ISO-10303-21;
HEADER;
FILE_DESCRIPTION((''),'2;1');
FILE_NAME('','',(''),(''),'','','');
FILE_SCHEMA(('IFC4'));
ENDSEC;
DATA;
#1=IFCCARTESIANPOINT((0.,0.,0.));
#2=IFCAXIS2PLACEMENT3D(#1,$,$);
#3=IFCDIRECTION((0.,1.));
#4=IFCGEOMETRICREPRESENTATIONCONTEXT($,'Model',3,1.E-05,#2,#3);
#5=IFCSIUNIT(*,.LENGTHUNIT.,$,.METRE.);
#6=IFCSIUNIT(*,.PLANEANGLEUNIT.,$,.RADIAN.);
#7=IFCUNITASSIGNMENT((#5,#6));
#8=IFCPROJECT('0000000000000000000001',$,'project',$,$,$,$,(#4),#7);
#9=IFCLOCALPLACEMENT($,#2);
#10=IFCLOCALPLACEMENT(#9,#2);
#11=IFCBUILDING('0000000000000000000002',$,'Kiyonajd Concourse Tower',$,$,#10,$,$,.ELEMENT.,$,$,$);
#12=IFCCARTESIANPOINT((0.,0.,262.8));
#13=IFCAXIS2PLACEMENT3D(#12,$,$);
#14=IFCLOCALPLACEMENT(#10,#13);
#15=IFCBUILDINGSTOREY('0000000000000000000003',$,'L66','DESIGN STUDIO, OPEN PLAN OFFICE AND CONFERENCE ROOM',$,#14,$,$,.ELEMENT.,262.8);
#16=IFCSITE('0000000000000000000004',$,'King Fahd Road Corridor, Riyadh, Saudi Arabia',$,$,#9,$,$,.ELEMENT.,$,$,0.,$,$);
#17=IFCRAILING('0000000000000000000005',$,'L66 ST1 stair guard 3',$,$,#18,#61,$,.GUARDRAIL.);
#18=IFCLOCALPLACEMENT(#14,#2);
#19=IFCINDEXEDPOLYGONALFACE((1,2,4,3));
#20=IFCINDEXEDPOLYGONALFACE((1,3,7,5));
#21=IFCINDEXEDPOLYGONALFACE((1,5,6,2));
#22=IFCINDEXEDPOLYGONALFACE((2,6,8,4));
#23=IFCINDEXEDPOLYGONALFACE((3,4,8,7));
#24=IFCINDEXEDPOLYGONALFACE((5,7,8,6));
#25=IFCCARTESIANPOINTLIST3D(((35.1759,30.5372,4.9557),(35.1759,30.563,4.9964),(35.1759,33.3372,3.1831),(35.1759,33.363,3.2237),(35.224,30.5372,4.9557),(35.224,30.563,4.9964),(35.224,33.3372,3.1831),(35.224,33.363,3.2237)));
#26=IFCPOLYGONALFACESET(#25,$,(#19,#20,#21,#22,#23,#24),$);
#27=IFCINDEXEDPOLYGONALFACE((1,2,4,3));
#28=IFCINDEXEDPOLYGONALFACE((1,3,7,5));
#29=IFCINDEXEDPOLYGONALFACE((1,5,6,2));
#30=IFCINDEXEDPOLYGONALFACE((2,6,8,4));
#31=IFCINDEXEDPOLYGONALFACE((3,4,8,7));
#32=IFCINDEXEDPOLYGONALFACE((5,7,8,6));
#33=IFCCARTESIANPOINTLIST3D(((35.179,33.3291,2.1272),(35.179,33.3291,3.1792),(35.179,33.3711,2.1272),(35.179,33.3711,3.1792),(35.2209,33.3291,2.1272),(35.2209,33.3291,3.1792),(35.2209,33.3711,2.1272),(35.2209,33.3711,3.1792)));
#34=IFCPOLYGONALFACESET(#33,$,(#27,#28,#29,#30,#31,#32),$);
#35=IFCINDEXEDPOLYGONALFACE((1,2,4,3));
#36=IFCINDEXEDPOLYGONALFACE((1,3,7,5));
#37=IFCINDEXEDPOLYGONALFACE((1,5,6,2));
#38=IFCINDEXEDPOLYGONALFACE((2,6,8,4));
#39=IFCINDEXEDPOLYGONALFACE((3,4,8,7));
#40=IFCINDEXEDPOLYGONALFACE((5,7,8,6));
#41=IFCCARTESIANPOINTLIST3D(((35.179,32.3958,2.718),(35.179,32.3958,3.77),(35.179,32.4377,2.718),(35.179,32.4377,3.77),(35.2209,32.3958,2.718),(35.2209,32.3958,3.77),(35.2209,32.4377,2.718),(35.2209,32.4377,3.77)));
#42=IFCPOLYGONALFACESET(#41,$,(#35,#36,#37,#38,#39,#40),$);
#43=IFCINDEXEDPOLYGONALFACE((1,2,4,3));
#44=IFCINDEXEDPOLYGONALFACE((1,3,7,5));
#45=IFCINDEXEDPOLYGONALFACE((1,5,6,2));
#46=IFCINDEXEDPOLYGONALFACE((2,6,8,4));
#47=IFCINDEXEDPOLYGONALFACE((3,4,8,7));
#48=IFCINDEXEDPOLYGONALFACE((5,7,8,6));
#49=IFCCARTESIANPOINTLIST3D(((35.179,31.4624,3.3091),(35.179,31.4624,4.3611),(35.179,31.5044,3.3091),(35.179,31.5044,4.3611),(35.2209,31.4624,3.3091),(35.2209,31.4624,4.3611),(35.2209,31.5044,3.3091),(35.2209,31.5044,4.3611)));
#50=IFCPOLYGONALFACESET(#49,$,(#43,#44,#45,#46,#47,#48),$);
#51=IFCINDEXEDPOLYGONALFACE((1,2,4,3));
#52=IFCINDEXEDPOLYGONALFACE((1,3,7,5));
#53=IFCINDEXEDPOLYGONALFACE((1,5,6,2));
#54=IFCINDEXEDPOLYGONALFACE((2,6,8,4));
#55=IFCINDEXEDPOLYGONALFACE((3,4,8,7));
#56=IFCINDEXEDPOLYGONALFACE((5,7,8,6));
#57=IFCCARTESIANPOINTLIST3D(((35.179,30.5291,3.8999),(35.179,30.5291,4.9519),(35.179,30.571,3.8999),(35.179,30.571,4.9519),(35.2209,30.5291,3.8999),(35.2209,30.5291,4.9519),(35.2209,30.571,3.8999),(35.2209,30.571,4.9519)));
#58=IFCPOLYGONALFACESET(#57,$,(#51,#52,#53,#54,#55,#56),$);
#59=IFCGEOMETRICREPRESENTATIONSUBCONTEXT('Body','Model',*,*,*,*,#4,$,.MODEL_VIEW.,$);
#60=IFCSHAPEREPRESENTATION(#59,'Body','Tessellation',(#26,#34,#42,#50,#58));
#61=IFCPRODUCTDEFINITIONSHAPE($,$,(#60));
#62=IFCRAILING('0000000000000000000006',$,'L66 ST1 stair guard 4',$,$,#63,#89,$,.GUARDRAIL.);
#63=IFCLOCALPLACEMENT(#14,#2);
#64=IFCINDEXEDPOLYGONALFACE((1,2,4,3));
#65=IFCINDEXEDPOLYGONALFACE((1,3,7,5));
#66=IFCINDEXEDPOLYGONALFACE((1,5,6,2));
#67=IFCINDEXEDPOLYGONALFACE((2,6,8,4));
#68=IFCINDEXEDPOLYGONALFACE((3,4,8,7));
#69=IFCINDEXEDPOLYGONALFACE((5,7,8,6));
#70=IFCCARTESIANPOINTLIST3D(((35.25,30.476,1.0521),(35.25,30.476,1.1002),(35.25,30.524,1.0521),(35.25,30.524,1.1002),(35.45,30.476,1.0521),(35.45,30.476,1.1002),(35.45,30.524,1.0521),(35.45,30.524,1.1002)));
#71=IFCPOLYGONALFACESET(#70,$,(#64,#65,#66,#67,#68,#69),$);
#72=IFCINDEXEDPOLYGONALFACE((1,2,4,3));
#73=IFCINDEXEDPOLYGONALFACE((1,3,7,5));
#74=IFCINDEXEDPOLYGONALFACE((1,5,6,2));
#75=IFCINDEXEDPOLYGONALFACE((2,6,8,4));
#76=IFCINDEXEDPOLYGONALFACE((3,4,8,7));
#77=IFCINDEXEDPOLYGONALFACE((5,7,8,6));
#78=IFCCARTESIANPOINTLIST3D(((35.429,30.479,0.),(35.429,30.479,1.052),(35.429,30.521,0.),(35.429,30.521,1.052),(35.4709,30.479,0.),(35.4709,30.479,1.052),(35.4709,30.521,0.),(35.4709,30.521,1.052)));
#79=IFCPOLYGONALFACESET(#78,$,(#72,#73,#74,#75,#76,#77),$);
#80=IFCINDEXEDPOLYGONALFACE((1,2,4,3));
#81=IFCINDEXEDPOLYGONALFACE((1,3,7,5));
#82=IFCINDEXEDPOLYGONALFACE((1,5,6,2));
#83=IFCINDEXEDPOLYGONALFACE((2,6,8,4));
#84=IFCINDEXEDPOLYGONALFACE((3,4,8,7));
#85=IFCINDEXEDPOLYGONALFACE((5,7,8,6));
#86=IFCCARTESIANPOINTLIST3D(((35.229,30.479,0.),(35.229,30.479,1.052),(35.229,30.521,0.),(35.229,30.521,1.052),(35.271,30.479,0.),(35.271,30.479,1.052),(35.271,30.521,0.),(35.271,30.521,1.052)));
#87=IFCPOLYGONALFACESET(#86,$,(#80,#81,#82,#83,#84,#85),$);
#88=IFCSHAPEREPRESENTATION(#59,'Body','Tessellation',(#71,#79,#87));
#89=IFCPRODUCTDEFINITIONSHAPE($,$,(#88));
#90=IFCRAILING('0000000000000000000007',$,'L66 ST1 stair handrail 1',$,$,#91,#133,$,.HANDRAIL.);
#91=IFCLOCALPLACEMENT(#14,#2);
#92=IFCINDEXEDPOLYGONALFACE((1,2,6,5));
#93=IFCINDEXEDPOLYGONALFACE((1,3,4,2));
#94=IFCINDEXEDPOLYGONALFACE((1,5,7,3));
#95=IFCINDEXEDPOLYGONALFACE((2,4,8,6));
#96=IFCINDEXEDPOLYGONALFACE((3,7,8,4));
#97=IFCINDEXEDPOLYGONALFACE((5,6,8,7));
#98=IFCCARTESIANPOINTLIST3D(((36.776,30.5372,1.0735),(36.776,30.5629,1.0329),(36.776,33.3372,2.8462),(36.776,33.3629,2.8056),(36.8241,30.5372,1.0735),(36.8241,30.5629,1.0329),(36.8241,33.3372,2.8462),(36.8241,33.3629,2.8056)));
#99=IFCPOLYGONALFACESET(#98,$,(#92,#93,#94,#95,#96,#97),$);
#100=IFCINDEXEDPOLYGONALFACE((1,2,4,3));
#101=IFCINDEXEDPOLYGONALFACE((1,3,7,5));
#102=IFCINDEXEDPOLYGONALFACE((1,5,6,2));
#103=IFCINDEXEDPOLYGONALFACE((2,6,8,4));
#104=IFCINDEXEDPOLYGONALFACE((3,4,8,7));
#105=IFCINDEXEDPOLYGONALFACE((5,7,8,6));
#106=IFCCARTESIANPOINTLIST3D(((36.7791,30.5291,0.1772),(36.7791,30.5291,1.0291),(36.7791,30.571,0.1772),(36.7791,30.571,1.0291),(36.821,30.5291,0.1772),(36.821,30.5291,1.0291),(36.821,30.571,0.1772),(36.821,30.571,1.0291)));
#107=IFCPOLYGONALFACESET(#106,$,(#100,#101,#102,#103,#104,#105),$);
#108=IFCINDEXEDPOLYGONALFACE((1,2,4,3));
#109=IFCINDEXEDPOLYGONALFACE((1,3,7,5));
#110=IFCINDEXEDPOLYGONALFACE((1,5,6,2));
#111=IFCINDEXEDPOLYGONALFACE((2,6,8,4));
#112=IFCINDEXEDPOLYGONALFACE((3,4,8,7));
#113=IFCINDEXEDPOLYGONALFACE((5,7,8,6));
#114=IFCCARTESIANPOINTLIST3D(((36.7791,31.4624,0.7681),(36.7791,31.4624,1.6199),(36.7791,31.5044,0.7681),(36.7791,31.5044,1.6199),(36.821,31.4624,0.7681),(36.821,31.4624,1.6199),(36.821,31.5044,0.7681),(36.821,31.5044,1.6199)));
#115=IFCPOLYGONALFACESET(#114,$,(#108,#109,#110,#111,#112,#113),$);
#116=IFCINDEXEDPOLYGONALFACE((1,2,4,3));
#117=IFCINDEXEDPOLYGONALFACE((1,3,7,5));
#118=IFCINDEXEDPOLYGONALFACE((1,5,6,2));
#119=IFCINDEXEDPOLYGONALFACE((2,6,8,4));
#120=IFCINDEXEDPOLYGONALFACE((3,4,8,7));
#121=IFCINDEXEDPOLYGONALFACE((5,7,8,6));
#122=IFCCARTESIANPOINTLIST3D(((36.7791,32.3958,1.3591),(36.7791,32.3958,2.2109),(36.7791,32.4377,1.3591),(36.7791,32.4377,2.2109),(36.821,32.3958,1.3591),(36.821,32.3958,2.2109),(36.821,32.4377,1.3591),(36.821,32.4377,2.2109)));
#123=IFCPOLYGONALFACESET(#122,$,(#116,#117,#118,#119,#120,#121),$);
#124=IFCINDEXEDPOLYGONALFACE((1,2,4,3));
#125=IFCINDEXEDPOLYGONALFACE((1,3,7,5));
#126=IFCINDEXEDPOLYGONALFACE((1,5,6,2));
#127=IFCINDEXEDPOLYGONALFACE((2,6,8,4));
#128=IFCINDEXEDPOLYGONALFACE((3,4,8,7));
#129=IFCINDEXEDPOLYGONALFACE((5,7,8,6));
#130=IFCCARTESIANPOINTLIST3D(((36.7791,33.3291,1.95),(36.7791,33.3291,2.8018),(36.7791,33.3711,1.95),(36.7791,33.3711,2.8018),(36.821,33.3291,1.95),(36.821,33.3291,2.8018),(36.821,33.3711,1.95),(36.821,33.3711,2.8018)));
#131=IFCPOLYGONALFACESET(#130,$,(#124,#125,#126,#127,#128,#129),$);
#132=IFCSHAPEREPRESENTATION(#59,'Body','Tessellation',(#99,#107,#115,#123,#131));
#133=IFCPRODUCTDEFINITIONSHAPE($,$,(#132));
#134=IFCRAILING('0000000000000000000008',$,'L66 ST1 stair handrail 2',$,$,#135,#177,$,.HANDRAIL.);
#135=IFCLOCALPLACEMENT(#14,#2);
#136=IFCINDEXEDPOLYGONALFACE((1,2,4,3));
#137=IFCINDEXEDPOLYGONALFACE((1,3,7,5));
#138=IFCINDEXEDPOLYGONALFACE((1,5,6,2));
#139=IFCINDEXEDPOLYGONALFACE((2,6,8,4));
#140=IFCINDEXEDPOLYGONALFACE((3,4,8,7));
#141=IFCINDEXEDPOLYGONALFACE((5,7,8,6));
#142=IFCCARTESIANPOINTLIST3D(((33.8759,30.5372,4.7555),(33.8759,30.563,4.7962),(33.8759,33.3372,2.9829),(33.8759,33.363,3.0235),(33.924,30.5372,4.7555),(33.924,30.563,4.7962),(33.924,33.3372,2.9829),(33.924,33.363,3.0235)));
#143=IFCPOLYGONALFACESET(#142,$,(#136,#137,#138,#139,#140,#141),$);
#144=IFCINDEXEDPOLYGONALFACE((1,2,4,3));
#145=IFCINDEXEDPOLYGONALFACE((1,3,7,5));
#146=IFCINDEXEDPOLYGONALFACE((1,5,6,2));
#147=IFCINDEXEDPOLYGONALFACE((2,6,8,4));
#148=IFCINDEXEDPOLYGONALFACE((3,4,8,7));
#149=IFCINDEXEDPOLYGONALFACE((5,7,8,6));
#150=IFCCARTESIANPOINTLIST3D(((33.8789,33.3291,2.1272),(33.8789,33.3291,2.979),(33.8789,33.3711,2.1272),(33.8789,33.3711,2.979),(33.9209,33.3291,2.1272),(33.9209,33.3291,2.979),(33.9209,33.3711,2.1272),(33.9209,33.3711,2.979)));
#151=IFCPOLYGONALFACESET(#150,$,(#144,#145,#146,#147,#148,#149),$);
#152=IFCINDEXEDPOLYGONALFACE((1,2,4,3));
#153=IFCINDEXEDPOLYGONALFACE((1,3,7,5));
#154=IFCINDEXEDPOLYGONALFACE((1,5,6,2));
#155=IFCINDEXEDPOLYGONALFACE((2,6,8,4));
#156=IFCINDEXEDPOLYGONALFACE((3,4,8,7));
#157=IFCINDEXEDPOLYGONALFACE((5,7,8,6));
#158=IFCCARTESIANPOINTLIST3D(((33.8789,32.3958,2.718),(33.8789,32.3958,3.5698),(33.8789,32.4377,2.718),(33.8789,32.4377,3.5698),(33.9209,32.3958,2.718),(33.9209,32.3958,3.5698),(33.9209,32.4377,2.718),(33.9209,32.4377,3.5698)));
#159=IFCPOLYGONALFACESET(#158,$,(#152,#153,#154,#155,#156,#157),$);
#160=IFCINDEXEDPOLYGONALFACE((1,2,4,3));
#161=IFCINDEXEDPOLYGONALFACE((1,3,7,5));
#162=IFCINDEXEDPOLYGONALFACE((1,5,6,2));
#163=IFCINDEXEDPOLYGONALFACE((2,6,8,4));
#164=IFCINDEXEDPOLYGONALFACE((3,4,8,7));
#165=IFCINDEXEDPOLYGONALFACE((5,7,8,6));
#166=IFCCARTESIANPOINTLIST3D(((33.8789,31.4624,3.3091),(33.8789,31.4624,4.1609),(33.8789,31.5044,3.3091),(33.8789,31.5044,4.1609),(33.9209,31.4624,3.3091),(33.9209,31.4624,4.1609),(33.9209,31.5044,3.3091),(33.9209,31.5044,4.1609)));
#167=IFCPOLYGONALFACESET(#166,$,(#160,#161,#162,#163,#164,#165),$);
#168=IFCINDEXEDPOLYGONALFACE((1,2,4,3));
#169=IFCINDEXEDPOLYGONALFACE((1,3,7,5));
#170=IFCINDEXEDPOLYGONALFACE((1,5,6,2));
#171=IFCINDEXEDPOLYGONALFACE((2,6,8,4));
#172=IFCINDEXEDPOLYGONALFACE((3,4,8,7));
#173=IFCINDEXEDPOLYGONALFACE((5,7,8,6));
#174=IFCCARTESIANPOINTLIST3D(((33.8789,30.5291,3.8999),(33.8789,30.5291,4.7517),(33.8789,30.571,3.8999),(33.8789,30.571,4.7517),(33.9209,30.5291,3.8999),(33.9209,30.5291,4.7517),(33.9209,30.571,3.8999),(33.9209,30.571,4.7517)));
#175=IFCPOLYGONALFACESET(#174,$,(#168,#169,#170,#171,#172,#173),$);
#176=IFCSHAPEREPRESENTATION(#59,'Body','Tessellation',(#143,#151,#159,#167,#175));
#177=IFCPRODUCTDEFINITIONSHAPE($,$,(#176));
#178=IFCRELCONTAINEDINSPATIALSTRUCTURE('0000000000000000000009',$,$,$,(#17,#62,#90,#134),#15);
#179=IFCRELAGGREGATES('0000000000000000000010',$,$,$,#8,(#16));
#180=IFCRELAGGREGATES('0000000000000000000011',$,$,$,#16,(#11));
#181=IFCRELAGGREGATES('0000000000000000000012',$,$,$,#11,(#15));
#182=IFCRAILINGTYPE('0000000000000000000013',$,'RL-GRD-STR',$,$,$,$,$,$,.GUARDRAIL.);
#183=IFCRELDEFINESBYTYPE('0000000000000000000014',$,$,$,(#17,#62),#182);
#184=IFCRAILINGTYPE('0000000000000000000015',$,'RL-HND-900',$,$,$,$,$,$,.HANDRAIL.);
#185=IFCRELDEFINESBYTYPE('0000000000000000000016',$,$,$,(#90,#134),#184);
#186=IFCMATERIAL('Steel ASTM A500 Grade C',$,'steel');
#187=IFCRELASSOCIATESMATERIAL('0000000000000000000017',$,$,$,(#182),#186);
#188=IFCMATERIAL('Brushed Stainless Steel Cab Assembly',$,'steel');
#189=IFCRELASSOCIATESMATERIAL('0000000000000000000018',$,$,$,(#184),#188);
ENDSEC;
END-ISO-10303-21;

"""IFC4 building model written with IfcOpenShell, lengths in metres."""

from ifc_helpers import new_model, si_unit, direction, frame, origin, origin_2d, place, context, subcontext, project, spatial, rectangle, extrude, material, type_object, element, save


model = new_model("IFC4")

# Units and contexts
model_context = context("Model", 3, precision=1e-05, world=origin(), true_north=direction((0.0, 1.0)))
body_context = subcontext(model_context, "Body", "Model", "MODEL_VIEW")
ifc_project = project(units=[si_unit("LENGTHUNIT", "METRE"), si_unit("PLANEANGLEUNIT", "RADIAN")], contexts=[model_context])

# Site, building, storey
site_placement = place(None, origin())
site = spatial("IfcSite", under=ifc_project, at=site_placement, Name="King Fahd Road Corridor, Riyadh, Saudi Arabia", CompositionType="ELEMENT", RefElevation=0.0)
building_placement = place(site_placement, origin())
building = spatial("IfcBuilding", under=site, at=building_placement, Name="Kiyonajd Concourse Tower", CompositionType="ELEMENT")
storey_placement = place(building_placement, frame((0.0, 0.0, 262.8)))
storey = spatial("IfcBuildingStorey", under=building, at=storey_placement, Name="L66", Description="DESIGN STUDIO, OPEN PLAN OFFICE AND CONFERENCE ROOM", CompositionType="ELEMENT", Elevation=262.8)

# Shared definitions
ifc_material_1 = material(Name="Brushed Stainless Steel Cab Assembly", Category="steel")

# Railings
ifc_material_2 = material(Name="Steel ASTM A500 Grade C", Category="steel")
railing_type_1 = type_object("IfcRailingType", Name="RL-GRD-STR", PredefinedType="GUARDRAIL", material=ifc_material_2)
railing_1_placement = place(storey_placement, frame((35.2, 33.3501, 2.1272)))
element("IfcRailing", 1, at=railing_1_placement, inside=storey, type_object=railing_type_1, Name="L66 ST1 stair guard 3", PredefinedType="GUARDRAIL", context=body_context, shape_type="SweptSolid", body=[
    extrude(rectangle(XDim=0.0481, YDim=0.0481, at=origin_2d()), frame((0.0, 0.0, 1.0762), z_axis=(0.0, -0.844909, 0.53491), x_axis=(1.0, 0.0, 0.0)), (0.0, 0.0, 1.0), 3.314),
    extrude(rectangle(XDim=0.042, YDim=0.042, at=origin_2d()), origin(), (0.0, 0.0, 1.0), 1.052),
    extrude(rectangle(XDim=0.042, YDim=0.042, at=origin_2d()), frame((0.0, -0.9333, 0.5908)), (0.0, 0.0, 1.0), 1.052),
    extrude(rectangle(XDim=0.042, YDim=0.042, at=origin_2d()), frame((0.0, -1.8667, 1.1819)), (0.0, 0.0, 1.0), 1.052),
    extrude(rectangle(XDim=0.042, YDim=0.042, at=origin_2d()), frame((0.0, -2.8, 1.7727)), (0.0, 0.0, 1.0), 1.052),
])
railing_2_placement = place(storey_placement, frame((35.45, 30.5, 0.0)))
element("IfcRailing", 2, at=railing_2_placement, inside=storey, type_object=railing_type_1, Name="L66 ST1 stair guard 4", PredefinedType="GUARDRAIL", context=body_context, shape_type="SweptSolid", body=[
    extrude(rectangle(XDim=0.0481, YDim=0.0481, at=origin_2d()), frame((0.0, 0.0, 1.0762), z_axis=(-1.0, 0.0, 0.0), x_axis=(0.0, -1.0, 0.0)), (0.0, 0.0, 1.0), 0.2),
    extrude(rectangle(XDim=0.042, YDim=0.042, at=origin_2d()), origin(), (0.0, 0.0, 1.0), 1.052),
    extrude(rectangle(XDim=0.042, YDim=0.042, at=origin_2d()), frame((-0.2, 0.0, 0.0)), (0.0, 0.0, 1.0), 1.052),
])
railing_type_2 = type_object("IfcRailingType", Name="RL-HND-900", PredefinedType="HANDRAIL", material=ifc_material_1)
railing_3_placement = place(storey_placement, frame((36.8, 30.55, 0.1772)))
element("IfcRailing", 3, at=railing_3_placement, inside=storey, type_object=railing_type_2, Name="L66 ST1 stair handrail 1", PredefinedType="HANDRAIL", context=body_context, shape_type="SweptSolid", body=[
    extrude(rectangle(XDim=0.0481, YDim=0.0481, at=origin_2d()), frame((0.0, 0.0, 0.876), z_axis=(0.0, 0.844909, 0.53491), x_axis=(-1.0, 0.0, 0.0)), (0.0, 0.0, 1.0), 3.314),
    extrude(rectangle(XDim=0.042, YDim=0.042, at=origin_2d()), origin(), (0.0, 0.0, 1.0), 0.8518),
    extrude(rectangle(XDim=0.042, YDim=0.042, at=origin_2d()), frame((0.0, 0.9333, 0.5908)), (0.0, 0.0, 1.0), 0.8518),
    extrude(rectangle(XDim=0.042, YDim=0.042, at=origin_2d()), frame((0.0, 1.8667, 1.1819)), (0.0, 0.0, 1.0), 0.8518),
    extrude(rectangle(XDim=0.042, YDim=0.042, at=origin_2d()), frame((0.0, 2.8, 1.7727)), (0.0, 0.0, 1.0), 0.8518),
])
railing_4_placement = place(storey_placement, frame((33.8999, 33.3501, 2.1272)))
element("IfcRailing", 4, at=railing_4_placement, inside=storey, type_object=railing_type_2, Name="L66 ST1 stair handrail 2", PredefinedType="HANDRAIL", context=body_context, shape_type="SweptSolid", body=[
    extrude(rectangle(XDim=0.0481, YDim=0.0481, at=origin_2d()), frame((0.0, 0.0, 0.876), z_axis=(0.0, -0.844909, 0.53491), x_axis=(1.0, 0.0, 0.0)), (0.0, 0.0, 1.0), 3.314),
    extrude(rectangle(XDim=0.042, YDim=0.042, at=origin_2d()), origin(), (0.0, 0.0, 1.0), 0.8518),
    extrude(rectangle(XDim=0.042, YDim=0.042, at=origin_2d()), frame((0.0, -0.9333, 0.5908)), (0.0, 0.0, 1.0), 0.8518),
    extrude(rectangle(XDim=0.042, YDim=0.042, at=origin_2d()), frame((0.0, -1.8667, 1.1819)), (0.0, 0.0, 1.0), 0.8518),
    extrude(rectangle(XDim=0.042, YDim=0.042, at=origin_2d()), frame((0.0, -2.8, 1.7727)), (0.0, 0.0, 1.0), 0.8518),
])

save(model, "model.ifc")
